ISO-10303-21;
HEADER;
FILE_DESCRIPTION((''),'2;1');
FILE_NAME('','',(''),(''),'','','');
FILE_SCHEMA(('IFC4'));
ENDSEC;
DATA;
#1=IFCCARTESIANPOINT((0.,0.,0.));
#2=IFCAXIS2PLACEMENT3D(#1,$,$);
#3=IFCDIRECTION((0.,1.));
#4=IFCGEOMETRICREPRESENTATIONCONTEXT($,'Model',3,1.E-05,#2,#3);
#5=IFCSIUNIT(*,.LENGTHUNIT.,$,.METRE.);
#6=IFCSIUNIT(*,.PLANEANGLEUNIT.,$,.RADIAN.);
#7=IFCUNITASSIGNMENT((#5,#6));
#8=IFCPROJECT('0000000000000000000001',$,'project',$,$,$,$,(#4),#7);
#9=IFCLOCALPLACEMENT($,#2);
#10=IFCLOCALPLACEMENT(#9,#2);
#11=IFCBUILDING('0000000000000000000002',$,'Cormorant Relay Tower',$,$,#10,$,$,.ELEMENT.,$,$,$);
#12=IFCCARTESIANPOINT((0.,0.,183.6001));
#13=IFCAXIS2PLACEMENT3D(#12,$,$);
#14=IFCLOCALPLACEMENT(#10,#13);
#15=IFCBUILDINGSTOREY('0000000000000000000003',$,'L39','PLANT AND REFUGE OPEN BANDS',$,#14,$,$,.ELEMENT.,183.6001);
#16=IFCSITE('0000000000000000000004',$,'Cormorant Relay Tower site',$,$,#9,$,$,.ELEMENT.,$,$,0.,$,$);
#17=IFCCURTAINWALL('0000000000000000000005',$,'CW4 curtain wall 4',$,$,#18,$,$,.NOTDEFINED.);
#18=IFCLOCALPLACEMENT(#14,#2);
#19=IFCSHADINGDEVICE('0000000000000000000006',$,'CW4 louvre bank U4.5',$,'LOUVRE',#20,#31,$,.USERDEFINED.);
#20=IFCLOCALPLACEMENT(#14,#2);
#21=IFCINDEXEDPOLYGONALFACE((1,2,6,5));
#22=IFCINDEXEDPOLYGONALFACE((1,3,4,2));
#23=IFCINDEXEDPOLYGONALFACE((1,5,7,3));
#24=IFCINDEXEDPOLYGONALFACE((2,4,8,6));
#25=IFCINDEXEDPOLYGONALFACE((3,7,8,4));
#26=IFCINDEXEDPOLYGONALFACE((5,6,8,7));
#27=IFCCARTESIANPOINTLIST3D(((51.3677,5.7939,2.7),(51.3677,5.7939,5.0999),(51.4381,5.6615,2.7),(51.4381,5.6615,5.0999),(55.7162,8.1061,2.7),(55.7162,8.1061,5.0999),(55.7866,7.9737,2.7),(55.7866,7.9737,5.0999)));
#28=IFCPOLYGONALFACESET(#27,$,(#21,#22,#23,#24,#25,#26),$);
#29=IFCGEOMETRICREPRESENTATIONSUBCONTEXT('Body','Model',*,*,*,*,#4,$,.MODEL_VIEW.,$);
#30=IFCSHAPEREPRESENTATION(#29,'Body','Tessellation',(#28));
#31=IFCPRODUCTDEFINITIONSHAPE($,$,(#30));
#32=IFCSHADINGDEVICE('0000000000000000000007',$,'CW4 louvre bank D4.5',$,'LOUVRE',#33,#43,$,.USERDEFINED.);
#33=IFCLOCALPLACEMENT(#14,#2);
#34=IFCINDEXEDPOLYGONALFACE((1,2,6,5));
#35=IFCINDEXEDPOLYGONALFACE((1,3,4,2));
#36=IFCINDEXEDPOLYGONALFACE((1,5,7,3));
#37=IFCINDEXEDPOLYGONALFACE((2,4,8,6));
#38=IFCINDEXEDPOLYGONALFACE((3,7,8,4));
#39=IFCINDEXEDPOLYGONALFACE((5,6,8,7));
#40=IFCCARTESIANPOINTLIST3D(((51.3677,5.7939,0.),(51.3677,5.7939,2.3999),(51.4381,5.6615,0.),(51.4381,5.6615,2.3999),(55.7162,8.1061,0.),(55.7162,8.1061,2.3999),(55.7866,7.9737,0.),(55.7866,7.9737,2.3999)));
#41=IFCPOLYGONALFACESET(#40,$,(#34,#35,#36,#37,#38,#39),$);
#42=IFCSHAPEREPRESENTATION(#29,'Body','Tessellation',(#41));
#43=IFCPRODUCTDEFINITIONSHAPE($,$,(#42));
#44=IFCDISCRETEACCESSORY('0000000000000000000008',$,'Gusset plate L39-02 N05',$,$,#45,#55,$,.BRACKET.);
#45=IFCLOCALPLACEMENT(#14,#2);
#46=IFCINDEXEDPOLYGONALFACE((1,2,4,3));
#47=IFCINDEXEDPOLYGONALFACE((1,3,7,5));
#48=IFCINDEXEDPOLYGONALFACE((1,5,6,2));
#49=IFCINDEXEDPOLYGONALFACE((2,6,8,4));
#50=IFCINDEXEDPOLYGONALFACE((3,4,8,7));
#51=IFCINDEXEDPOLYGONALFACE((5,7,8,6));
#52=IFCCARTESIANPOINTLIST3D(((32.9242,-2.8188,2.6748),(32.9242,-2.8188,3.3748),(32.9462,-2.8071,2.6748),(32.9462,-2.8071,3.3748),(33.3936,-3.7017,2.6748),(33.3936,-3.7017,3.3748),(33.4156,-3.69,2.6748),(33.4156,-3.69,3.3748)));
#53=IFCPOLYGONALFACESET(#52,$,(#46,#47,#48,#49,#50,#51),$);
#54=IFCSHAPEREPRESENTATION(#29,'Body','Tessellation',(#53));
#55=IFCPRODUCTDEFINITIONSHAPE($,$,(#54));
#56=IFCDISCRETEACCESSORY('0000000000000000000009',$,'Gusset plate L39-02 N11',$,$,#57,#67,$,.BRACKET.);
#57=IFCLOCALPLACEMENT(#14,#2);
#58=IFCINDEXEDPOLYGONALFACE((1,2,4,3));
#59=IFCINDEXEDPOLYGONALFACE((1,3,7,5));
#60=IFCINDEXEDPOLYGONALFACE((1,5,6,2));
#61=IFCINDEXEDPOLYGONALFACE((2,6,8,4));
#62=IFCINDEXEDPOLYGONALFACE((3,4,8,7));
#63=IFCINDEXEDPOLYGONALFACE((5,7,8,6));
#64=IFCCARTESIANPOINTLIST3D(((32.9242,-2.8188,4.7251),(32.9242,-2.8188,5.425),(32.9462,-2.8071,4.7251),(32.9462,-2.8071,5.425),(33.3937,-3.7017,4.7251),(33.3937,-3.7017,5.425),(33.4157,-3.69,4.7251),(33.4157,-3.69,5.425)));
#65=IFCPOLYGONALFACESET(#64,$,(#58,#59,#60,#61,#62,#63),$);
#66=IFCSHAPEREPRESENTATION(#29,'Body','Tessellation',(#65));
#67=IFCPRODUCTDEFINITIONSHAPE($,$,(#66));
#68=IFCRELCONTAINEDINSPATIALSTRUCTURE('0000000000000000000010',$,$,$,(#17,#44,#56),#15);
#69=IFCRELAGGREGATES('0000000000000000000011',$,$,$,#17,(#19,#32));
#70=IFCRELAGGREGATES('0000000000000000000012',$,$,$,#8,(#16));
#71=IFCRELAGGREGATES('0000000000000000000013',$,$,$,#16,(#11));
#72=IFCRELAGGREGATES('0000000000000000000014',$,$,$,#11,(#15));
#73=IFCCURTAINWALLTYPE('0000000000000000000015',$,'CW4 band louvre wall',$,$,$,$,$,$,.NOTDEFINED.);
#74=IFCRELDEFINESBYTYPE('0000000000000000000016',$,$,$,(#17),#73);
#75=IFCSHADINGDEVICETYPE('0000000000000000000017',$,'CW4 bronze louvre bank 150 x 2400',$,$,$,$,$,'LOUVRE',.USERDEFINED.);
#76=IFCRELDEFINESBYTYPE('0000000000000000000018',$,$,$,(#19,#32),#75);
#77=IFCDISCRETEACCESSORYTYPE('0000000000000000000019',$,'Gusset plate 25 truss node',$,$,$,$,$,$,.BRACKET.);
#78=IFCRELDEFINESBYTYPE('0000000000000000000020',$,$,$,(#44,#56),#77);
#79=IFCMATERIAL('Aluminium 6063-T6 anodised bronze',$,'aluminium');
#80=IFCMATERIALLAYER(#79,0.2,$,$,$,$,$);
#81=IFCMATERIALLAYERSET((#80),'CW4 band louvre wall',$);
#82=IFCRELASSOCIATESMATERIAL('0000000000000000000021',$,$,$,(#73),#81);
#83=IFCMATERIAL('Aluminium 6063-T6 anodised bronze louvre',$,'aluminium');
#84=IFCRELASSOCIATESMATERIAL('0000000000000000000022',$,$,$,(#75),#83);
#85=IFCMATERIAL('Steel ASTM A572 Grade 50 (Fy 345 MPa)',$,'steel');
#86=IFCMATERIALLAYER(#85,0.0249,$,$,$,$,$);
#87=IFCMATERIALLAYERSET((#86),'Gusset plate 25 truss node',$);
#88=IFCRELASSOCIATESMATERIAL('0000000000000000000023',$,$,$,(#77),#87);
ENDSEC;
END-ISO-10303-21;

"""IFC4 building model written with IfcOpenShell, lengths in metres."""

from ifc_helpers import new_model, si_unit, direction, frame, origin, origin_2d, place, context, subcontext, project, spatial, rectangle, extrude, material, layer, layer_set, type_object, element, aggregate, save


model = new_model("IFC4")

# Units and contexts
model_context = context("Model", 3, precision=1e-05, world=origin(), true_north=direction((0.0, 1.0)))
body_context = subcontext(model_context, "Body", "Model", "MODEL_VIEW")
ifc_project = project(units=[si_unit("LENGTHUNIT", "METRE"), si_unit("PLANEANGLEUNIT", "RADIAN")], contexts=[model_context])

# Site, building, storey
site_placement = place(None, origin())
site = spatial("IfcSite", under=ifc_project, at=site_placement, Name="Cormorant Relay Tower site", CompositionType="ELEMENT", RefElevation=0.0)
building_placement = place(site_placement, origin())
building = spatial("IfcBuilding", under=site, at=building_placement, Name="Cormorant Relay Tower", CompositionType="ELEMENT")
storey_placement = place(building_placement, frame((0.0, 0.0, 183.6001)))
storey = spatial("IfcBuildingStorey", under=building, at=storey_placement, Name="L39", Description="PLANT AND REFUGE OPEN BANDS", CompositionType="ELEMENT", Elevation=183.6001)

# Shared definitions
ifc_material_1 = material(Name="Aluminium 6063-T6 anodised bronze", Category="aluminium")
ifc_layer_1 = layer(ifc_material_1, 0.2)
ifc_layer_set_1 = layer_set([ifc_layer_1], Name="CW4 band louvre wall")
curtain_wall_type = type_object("IfcCurtainWallType", Name="CW4 band louvre wall", PredefinedType="NOTDEFINED", material=ifc_layer_set_1)

# Curtain wall
curtain_wall_1_placement = place(storey_placement, origin())
curtain_wall_1 = element("IfcCurtainWall", 1, at=curtain_wall_1_placement, inside=storey, type_object=curtain_wall_type, Name="CW4 curtain wall 4", PredefinedType="NOTDEFINED")

# Shading devices
ifc_material_2 = material(Name="Aluminium 6063-T6 anodised bronze louvre", Category="aluminium")
shading_device_type = type_object("IfcShadingDeviceType", Name="CW4 bronze louvre bank 150 x 2400", ElementType="LOUVRE", PredefinedType="USERDEFINED", material=ifc_material_2)
shading_device_1_placement = place(storey_placement, frame((53.5771, 6.8838, 2.7), z_axis=(0.0, 0.0, 1.0), x_axis=(0.882948, 0.469472, 0.0)))
shading_device_1 = element("IfcShadingDevice", 2, at=shading_device_1_placement, type_object=shading_device_type, Name="CW4 louvre bank U4.5", ObjectType="LOUVRE", PredefinedType="USERDEFINED", context=body_context, shape_type="SweptSolid", body=[
    extrude(rectangle(XDim=4.925, YDim=0.1499, at=origin_2d()), origin(), (0.0, 0.0, 1.0), 2.3999),
])
shading_device_2_placement = place(storey_placement, frame((53.5771, 6.8838, 0.0), z_axis=(0.0, 0.0, 1.0), x_axis=(0.882948, 0.469472, 0.0)))
shading_device_2 = element("IfcShadingDevice", 3, at=shading_device_2_placement, type_object=shading_device_type, Name="CW4 louvre bank D4.5", ObjectType="LOUVRE", PredefinedType="USERDEFINED", context=body_context, shape_type="SweptSolid", body=[
    extrude(rectangle(XDim=4.925, YDim=0.1499, at=origin_2d()), origin(), (0.0, 0.0, 1.0), 2.3999),
])
aggregate(curtain_wall_1, [shading_device_1, shading_device_2])

# Discrete accessories
ifc_material_3 = material(Name="Steel ASTM A572 Grade 50 (Fy 345 MPa)", Category="steel")
ifc_layer_2 = layer(ifc_material_3, 0.0249)
ifc_layer_set_2 = layer_set([ifc_layer_2], Name="Gusset plate 25 truss node")
discrete_accessory_type = type_object("IfcDiscreteAccessoryType", Name="Gusset plate 25 truss node", PredefinedType="BRACKET", material=ifc_layer_set_2)
for number, where, z_axis, x_axis, name in (
    (4, (33.1699, -3.2544, 2.6748), (0.0, 0.0, 1.0), (-0.469439, 0.882965, 0.0), "Gusset plate L39-02 N05"),
    (5, (33.1699, -3.2544, 4.7251), (0.0, 0.0, 1.0), (-0.469472, 0.882948, 0.0), "Gusset plate L39-02 N11"),
):
    element("IfcDiscreteAccessory", number, at=place(storey_placement, frame(where, z_axis=z_axis, x_axis=x_axis)), inside=storey, type_object=discrete_accessory_type, Name=name, PredefinedType="BRACKET", context=body_context, shape_type="SweptSolid", body=[
        extrude(rectangle(XDim=1.0, YDim=0.0249, at=origin_2d()), origin(), (0.0, 0.0, 1.0), 0.7),
    ])

save(model, "model.ifc")
